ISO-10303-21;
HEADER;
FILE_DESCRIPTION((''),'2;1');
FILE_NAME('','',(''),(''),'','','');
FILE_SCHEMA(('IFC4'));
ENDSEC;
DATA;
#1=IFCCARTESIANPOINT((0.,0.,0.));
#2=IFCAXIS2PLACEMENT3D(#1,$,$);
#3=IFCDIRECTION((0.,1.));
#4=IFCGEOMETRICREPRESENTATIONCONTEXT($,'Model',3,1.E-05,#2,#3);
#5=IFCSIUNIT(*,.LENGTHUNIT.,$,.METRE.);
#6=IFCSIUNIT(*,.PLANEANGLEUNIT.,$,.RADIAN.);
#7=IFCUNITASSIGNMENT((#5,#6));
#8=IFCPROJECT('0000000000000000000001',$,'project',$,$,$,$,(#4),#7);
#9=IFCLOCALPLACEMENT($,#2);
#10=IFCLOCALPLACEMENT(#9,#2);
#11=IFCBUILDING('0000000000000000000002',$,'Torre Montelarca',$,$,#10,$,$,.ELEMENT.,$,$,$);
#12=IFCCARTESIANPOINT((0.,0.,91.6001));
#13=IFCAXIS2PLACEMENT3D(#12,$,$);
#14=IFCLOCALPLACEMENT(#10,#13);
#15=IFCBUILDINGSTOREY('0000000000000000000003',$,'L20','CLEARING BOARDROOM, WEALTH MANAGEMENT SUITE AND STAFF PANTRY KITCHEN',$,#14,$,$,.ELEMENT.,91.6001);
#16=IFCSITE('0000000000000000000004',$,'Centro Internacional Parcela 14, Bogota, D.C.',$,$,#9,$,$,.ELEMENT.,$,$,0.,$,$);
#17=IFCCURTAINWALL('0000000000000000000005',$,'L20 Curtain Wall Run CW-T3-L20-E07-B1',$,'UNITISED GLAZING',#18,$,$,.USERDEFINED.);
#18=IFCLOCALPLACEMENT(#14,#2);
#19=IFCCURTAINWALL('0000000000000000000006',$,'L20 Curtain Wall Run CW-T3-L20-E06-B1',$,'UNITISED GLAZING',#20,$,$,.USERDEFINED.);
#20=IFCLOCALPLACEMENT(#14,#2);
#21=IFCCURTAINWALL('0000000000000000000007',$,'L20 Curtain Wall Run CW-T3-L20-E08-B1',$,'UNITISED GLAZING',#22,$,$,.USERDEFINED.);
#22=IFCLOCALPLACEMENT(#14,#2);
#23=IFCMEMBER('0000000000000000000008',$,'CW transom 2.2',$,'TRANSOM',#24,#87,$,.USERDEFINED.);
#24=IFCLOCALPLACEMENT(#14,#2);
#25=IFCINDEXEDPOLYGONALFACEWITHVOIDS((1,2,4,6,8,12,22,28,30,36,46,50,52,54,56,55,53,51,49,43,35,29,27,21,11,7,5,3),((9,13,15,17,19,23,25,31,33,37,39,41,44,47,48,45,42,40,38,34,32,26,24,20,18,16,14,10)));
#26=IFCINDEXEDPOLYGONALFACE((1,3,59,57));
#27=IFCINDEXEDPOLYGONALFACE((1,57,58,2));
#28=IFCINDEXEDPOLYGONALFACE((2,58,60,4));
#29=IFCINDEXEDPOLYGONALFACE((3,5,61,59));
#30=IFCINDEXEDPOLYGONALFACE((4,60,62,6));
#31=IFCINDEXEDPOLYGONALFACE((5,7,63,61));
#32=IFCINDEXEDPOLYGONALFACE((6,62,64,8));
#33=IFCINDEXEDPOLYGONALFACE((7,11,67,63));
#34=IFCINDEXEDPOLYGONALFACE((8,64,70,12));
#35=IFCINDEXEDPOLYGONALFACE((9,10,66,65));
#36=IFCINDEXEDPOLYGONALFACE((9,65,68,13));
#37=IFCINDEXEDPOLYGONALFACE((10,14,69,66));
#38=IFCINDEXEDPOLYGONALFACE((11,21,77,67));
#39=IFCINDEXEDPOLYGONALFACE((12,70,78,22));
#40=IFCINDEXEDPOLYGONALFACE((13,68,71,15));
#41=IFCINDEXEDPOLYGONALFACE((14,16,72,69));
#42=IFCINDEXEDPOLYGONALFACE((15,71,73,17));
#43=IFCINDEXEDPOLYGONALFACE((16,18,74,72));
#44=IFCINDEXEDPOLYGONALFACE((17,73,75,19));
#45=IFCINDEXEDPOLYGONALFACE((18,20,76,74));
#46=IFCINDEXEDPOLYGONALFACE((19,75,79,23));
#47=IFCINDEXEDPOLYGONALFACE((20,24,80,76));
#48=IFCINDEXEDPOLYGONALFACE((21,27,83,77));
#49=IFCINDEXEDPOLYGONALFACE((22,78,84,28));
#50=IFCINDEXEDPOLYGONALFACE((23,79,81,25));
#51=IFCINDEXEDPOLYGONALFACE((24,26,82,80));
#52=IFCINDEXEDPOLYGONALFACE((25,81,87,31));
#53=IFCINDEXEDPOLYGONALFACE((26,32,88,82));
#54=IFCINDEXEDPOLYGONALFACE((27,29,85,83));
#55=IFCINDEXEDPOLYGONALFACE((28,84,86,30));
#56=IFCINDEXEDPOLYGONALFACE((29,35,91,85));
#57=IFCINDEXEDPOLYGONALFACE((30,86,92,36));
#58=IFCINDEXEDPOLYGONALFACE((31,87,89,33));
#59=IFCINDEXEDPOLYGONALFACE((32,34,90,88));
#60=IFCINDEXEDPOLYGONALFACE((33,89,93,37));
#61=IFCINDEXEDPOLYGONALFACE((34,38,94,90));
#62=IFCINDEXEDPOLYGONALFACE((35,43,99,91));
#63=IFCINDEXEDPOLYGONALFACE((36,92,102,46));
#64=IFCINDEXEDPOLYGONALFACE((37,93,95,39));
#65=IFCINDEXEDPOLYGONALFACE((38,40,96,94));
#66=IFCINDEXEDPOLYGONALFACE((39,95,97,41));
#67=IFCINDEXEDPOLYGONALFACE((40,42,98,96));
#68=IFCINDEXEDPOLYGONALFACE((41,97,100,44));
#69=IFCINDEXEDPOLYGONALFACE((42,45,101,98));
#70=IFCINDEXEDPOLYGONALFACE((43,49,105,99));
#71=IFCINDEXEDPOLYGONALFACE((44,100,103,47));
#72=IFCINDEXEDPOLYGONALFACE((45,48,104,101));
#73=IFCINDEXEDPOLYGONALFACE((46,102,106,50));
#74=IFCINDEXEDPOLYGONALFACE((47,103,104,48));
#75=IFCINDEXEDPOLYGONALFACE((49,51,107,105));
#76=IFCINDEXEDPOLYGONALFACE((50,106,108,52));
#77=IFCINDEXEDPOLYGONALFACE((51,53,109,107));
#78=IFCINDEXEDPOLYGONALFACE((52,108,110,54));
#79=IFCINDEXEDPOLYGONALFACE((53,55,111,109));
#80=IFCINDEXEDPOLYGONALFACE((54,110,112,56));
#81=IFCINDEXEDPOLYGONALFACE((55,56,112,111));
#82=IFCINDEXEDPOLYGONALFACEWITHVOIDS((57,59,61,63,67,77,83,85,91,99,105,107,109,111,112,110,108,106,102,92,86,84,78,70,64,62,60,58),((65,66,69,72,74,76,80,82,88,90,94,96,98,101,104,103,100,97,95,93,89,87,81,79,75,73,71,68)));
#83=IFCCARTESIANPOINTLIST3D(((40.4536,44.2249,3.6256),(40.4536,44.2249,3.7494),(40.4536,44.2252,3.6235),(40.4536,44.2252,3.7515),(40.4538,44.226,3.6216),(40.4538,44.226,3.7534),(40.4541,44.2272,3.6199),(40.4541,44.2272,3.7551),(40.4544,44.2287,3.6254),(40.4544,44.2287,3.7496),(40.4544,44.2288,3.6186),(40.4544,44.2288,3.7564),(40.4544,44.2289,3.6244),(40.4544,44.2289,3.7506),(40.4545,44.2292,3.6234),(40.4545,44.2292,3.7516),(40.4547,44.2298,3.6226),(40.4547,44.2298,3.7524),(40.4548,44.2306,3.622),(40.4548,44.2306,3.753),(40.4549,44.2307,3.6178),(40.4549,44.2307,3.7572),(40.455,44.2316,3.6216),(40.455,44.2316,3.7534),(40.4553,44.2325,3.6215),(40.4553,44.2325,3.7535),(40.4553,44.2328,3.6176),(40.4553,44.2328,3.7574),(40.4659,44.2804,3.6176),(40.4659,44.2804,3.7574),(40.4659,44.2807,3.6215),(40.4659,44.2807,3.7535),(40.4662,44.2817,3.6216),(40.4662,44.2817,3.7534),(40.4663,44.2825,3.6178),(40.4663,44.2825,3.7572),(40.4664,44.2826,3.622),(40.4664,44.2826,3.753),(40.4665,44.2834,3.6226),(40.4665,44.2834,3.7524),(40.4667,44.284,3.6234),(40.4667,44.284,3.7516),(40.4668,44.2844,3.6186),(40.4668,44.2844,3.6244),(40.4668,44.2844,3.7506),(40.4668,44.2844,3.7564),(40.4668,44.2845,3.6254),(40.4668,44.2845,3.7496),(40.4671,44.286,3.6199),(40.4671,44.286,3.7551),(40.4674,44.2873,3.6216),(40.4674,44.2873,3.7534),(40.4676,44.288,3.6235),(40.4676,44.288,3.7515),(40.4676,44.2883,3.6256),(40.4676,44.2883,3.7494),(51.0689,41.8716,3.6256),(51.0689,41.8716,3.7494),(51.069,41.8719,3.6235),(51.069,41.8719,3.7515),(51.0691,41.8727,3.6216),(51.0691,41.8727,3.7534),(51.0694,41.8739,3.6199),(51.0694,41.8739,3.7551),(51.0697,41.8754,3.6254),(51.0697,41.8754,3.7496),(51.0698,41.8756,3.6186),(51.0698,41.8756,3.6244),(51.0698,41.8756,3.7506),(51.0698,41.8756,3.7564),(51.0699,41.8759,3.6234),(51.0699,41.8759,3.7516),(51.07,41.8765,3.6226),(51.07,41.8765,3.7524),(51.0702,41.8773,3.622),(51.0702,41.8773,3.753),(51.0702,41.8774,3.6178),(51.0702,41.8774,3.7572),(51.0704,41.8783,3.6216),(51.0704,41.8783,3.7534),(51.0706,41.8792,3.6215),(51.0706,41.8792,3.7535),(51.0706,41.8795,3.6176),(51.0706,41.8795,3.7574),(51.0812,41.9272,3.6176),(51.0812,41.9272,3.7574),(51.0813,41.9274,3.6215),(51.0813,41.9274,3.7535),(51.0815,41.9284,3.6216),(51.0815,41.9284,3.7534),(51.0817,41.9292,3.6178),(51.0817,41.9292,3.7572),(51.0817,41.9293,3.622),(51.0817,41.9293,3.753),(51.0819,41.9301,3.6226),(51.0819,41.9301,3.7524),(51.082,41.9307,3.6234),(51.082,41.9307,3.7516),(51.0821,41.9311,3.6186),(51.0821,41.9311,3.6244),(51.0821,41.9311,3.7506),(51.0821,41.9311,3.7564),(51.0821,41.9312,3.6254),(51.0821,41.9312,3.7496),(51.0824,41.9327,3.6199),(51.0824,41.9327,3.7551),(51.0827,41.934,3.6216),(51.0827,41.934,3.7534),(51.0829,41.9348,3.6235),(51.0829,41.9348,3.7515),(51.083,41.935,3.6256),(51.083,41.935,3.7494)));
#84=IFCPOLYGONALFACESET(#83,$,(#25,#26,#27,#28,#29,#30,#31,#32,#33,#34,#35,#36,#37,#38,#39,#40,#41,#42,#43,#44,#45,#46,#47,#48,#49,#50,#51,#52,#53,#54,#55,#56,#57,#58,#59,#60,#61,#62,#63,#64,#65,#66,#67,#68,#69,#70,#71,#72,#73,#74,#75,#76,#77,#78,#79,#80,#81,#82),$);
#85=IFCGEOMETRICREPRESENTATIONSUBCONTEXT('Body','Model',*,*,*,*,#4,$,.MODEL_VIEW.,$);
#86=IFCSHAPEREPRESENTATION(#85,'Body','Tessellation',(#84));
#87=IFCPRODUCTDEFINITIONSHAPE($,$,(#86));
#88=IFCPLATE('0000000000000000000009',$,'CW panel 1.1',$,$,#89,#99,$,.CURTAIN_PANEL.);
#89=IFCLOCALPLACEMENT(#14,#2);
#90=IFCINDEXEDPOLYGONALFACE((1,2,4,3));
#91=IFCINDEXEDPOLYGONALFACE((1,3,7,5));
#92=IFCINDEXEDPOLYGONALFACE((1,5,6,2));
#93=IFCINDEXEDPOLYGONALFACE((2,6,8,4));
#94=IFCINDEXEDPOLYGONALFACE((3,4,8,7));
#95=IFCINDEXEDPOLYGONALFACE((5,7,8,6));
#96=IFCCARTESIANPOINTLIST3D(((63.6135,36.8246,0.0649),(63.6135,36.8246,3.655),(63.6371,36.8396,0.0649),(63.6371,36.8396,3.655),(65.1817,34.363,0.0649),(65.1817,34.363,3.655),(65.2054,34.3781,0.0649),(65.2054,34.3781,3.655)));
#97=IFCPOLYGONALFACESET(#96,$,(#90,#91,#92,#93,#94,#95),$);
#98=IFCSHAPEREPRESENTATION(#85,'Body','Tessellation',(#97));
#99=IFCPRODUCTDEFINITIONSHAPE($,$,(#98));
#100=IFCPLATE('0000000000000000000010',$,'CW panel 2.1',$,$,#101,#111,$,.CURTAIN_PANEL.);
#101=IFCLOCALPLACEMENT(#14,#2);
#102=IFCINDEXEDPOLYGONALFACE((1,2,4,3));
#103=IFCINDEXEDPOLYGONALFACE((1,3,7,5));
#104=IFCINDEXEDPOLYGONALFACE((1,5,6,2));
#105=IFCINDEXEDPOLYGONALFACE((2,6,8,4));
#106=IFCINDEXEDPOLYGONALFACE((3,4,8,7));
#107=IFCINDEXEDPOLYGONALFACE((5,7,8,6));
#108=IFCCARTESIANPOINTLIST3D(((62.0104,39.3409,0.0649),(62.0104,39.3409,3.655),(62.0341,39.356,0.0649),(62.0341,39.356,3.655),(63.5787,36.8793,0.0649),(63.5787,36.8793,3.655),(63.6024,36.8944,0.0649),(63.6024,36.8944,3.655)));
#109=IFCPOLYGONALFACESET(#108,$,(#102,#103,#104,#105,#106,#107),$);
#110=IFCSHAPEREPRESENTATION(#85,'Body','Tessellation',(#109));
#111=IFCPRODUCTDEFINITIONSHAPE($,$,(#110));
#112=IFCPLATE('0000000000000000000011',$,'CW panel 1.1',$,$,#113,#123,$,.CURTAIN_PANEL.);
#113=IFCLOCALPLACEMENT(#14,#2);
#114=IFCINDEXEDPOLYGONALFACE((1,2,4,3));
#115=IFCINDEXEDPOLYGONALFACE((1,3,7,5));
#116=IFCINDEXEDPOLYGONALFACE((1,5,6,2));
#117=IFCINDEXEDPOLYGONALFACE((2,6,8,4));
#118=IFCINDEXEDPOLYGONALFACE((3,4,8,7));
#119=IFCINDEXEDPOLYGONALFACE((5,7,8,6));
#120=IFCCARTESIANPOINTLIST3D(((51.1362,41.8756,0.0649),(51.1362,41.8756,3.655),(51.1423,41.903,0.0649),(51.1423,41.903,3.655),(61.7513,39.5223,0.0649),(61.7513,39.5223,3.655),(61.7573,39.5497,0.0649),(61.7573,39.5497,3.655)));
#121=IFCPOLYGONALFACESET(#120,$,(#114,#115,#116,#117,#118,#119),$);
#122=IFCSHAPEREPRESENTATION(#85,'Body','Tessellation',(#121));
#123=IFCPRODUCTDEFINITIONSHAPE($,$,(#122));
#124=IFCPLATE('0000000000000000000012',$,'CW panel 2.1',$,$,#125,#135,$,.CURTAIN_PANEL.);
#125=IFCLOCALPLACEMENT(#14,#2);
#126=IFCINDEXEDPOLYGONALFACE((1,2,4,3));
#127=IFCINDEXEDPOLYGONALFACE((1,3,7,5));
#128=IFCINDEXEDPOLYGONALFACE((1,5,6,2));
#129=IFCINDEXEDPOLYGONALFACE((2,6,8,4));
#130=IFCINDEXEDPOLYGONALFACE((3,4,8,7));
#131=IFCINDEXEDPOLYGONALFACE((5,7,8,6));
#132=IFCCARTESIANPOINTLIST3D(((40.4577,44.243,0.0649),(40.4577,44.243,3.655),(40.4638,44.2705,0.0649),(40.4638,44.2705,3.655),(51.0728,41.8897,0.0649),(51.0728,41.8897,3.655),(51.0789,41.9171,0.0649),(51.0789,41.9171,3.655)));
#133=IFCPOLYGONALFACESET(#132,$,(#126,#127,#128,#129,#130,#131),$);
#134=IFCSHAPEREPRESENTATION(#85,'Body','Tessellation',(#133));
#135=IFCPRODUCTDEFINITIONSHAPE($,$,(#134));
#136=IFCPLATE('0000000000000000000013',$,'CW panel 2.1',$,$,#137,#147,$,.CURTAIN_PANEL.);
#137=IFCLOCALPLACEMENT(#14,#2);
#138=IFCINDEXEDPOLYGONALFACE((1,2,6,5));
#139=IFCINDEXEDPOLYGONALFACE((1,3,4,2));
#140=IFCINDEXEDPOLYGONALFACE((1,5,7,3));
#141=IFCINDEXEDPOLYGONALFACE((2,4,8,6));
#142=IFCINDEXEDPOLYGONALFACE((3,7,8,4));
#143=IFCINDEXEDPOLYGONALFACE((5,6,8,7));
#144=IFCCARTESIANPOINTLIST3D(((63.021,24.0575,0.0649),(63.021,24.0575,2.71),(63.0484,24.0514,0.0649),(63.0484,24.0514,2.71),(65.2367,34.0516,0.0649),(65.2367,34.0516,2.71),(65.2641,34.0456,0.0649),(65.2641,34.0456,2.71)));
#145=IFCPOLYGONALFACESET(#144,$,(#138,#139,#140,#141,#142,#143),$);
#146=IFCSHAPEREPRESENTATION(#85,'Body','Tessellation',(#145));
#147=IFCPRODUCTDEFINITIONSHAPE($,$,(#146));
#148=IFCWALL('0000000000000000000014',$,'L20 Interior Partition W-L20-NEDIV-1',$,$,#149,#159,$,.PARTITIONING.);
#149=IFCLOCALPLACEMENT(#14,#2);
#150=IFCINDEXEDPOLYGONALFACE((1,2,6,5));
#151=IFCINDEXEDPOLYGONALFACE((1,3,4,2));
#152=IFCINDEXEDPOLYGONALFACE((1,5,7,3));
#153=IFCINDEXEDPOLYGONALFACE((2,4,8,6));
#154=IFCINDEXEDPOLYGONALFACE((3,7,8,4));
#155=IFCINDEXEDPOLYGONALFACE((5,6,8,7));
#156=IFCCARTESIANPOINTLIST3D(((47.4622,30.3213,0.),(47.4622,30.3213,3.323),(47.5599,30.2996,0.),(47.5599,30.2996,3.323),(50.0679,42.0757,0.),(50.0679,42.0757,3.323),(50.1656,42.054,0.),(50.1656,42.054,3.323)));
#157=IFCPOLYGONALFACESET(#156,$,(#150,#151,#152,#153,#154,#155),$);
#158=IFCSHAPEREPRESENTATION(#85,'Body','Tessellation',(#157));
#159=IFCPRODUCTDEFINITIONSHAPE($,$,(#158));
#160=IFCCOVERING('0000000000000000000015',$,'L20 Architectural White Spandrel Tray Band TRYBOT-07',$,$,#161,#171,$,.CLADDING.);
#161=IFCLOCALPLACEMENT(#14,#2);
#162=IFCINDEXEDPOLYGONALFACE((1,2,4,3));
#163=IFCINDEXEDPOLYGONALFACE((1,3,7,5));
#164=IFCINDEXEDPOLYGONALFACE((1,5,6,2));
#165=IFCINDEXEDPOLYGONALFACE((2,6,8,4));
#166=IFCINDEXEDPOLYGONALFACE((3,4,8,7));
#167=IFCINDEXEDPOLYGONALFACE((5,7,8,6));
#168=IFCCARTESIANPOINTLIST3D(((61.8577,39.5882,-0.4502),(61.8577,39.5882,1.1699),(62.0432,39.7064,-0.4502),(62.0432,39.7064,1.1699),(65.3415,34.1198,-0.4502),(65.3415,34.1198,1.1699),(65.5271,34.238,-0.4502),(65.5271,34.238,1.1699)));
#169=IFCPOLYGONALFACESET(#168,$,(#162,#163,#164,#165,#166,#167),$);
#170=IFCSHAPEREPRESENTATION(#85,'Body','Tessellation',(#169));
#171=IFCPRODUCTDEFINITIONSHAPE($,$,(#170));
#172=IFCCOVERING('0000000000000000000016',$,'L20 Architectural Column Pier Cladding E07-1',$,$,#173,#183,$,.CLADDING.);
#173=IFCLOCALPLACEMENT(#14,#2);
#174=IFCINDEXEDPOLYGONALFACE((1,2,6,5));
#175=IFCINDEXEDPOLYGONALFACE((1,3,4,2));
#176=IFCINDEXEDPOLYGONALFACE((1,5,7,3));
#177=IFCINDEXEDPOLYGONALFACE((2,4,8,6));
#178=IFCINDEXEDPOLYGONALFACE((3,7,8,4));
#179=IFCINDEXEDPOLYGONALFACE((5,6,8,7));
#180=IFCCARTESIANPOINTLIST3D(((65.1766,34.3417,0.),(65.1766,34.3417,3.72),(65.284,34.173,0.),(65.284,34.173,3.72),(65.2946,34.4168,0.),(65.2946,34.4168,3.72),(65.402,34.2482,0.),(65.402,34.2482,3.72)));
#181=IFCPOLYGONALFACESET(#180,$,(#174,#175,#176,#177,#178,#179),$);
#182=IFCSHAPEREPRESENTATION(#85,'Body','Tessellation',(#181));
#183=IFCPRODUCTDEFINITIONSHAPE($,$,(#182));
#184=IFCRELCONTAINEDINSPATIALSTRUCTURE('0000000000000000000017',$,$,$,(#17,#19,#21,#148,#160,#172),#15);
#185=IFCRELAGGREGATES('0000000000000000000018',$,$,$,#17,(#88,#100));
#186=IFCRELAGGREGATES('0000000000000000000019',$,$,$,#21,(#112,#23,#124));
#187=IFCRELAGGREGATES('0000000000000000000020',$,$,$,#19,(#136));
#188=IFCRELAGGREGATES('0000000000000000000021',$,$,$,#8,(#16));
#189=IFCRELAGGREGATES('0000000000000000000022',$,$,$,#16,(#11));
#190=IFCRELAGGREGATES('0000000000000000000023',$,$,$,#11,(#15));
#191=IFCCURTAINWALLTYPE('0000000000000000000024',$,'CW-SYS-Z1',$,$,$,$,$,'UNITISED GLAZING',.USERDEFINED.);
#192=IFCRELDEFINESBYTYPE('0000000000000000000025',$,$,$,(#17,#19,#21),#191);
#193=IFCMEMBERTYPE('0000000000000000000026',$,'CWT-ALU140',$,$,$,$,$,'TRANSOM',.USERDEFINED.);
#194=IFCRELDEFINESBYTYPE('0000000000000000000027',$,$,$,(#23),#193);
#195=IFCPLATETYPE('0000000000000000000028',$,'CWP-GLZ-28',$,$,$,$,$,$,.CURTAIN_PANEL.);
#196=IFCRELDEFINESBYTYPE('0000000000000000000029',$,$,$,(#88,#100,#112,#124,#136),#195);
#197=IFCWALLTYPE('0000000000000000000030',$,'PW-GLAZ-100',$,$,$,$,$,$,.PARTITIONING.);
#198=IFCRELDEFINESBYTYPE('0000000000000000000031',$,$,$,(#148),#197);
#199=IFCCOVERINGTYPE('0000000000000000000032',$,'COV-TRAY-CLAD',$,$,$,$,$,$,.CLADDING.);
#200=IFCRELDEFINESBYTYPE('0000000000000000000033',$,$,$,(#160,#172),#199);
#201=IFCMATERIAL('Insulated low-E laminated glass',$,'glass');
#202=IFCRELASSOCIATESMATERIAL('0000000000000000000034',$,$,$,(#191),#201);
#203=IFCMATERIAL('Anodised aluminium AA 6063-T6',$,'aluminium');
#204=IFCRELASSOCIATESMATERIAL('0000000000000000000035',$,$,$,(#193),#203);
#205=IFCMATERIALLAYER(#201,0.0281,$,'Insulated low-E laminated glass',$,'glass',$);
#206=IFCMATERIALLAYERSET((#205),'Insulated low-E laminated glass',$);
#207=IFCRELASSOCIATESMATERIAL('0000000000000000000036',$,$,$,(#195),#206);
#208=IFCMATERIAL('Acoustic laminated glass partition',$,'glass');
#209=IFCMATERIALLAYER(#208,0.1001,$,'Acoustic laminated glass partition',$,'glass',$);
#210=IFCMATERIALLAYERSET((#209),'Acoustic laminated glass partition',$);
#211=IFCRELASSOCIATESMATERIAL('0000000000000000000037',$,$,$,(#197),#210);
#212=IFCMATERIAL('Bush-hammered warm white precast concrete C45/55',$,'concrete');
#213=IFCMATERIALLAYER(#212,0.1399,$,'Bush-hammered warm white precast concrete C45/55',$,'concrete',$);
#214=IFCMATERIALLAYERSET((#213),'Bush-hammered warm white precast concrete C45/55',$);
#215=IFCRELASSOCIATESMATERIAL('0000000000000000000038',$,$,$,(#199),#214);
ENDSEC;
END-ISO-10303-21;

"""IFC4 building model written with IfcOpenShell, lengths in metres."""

from ifc_helpers import new_model, si_unit, direction, frame, frame_2d, origin, origin_2d, place, context, subcontext, project, spatial, rectangle, hollow_rectangle, extrude, source, transform, mapped, material, layer, layer_set, material_profile, profile_set, type_object, element, aggregate, save


model = new_model("IFC4")

# Units and contexts
model_context = context("Model", 3, precision=1e-05, world=origin(), true_north=direction((0.0, 1.0)))
body_context = subcontext(model_context, "Body", "Model", "MODEL_VIEW")
ifc_project = project(units=[si_unit("LENGTHUNIT", "METRE"), si_unit("PLANEANGLEUNIT", "RADIAN")], contexts=[model_context])

# Site, building, storey
site_placement = place(None, origin())
site = spatial("IfcSite", under=ifc_project, at=site_placement, Name="Centro Internacional Parcela 14, Bogota, D.C.", CompositionType="ELEMENT", RefElevation=0.0)
building_placement = place(site_placement, origin())
building = spatial("IfcBuilding", under=site, at=building_placement, Name="Torre Montelarca", CompositionType="ELEMENT")
storey_placement = place(building_placement, frame((0.0, 0.0, 91.6001)))
storey = spatial("IfcBuildingStorey", under=building, at=storey_placement, Name="L20", Description="CLEARING BOARDROOM, WEALTH MANAGEMENT SUITE AND STAFF PANTRY KITCHEN", CompositionType="ELEMENT", Elevation=91.6001)

# Curtain wall
ifc_material_1 = material(Name="Insulated low-E laminated glass", Category="glass")
curtain_wall_type = type_object("IfcCurtainWallType", Name="CW-SYS-Z1", ElementType="UNITISED GLAZING", PredefinedType="USERDEFINED", material=ifc_material_1)
curtain_wall_1_placement = place(storey_placement, origin())
curtain_wall_1 = element("IfcCurtainWall", 1, at=curtain_wall_1_placement, inside=storey, type_object=curtain_wall_type, Name="L20 Curtain Wall Run CW-T3-L20-E07-B1", ObjectType="UNITISED GLAZING", PredefinedType="USERDEFINED")
ifc_material_2 = material(Name="Anodised aluminium AA 6063-T6", Category="aluminium")
ifc_material_profile_1 = material_profile(ifc_material_2, hollow_rectangle(XDim=0.0649, YDim=0.1399, WallThickness=0.0039, InnerFilletRadius=0.0039, OuterFilletRadius=0.0081, at=origin_2d()), Name="ALU65X140X4", Category="aluminium")
ifc_profile_set_1 = profile_set([ifc_material_profile_1], Name="Anodised aluminium AA 6063-T6")
member_type_1 = type_object("IfcMemberType", Name="CWT-ALU140", ElementType="TRANSOM", PredefinedType="USERDEFINED", material=ifc_profile_set_1)

# Curtain wall
curtain_wall_2_placement = place(storey_placement, origin())
curtain_wall_2 = element("IfcCurtainWall", 2, at=curtain_wall_2_placement, inside=storey, type_object=curtain_wall_type, Name="L20 Curtain Wall Run CW-T3-L20-E06-B1", ObjectType="UNITISED GLAZING", PredefinedType="USERDEFINED")

# Curtain wall
curtain_wall_3_placement = place(storey_placement, origin())
curtain_wall_3 = element("IfcCurtainWall", 3, at=curtain_wall_3_placement, inside=storey, type_object=curtain_wall_type, Name="L20 Curtain Wall Run CW-T3-L20-E08-B1", ObjectType="UNITISED GLAZING", PredefinedType="USERDEFINED")

# Member
shared_shape_1 = source(origin(), body_context, "Body", "SweptSolid", [
    extrude(hollow_rectangle(XDim=0.0649, YDim=0.1399, WallThickness=0.0039, InnerFilletRadius=0.0039, OuterFilletRadius=0.0081, at=origin_2d()), origin(), (0.0, 0.0, 1.0), 10.873),
])
member_1_placement = place(storey_placement, frame((51.0759, 41.9033, 3.6875), z_axis=(-0.976297, 0.216434, 0.0), x_axis=(-0.216434, -0.976297, 0.0)))
member_1 = element("IfcMember", 4, at=member_1_placement, type_object=member_type_1, Name="CW transom 2.2", ObjectType="TRANSOM", PredefinedType="USERDEFINED", context=body_context, shape_type="MappedRepresentation", body=[
    mapped(shared_shape_1, transform((0.0, 0.0, 0.0), scale=1.0)),
])

# Plates
ifc_layer_1 = layer(ifc_material_1, 0.0281, Name="Insulated low-E laminated glass", Category="glass")
ifc_layer_set_1 = layer_set([ifc_layer_1], Name="Insulated low-E laminated glass")
plate_type = type_object("IfcPlateType", Name="CWP-GLZ-28", PredefinedType="CURTAIN_PANEL", material=ifc_layer_set_1)
shared_shape_2 = source(origin(), body_context, "Body", "SweptSolid", [
    extrude(rectangle(XDim=2.9187, YDim=0.0281, at=origin_2d()), origin(), (0.0, 0.0, 1.0), 3.5901),
])
plate_1_placement = place(storey_placement, frame((64.4094, 35.6013, 0.0649), z_axis=(0.0, 0.0, 1.0), x_axis=(-0.537316, 0.843381, 0.0)))
plate_1 = element("IfcPlate", 5, at=plate_1_placement, type_object=plate_type, Name="CW panel 1.1", PredefinedType="CURTAIN_PANEL", context=body_context, shape_type="MappedRepresentation", body=[
    mapped(shared_shape_2, transform((0.0, 0.0, 0.0), scale=1.0)),
])
plate_2_placement = place(storey_placement, frame((62.8064, 38.1177, 0.0649), z_axis=(0.0, 0.0, 1.0), x_axis=(-0.537316, 0.843381, 0.0)))
plate_2 = element("IfcPlate", 6, at=plate_2_placement, type_object=plate_type, Name="CW panel 2.1", PredefinedType="CURTAIN_PANEL", context=body_context, shape_type="MappedRepresentation", body=[
    mapped(shared_shape_2, transform((0.0, 0.0, 0.0), scale=1.0)),
])
aggregate(curtain_wall_1, [plate_1, plate_2])
shared_shape_3 = source(origin(), body_context, "Body", "SweptSolid", [
    extrude(rectangle(XDim=10.8728, YDim=0.0281, at=origin_2d()), origin(), (0.0, 0.0, 1.0), 3.5901),
])
plate_3_placement = place(storey_placement, frame((56.4468, 40.7126, 0.0649), z_axis=(0.0, 0.0, 1.0), x_axis=(-0.976295, 0.216443, 0.0)))
plate_3 = element("IfcPlate", 7, at=plate_3_placement, type_object=plate_type, Name="CW panel 1.1", PredefinedType="CURTAIN_PANEL", context=body_context, shape_type="MappedRepresentation", body=[
    mapped(shared_shape_3, transform((0.0, 0.0, 0.0), scale=1.0)),
])
plate_4_placement = place(storey_placement, frame((45.7683, 43.0801, 0.0649), z_axis=(0.0, 0.0, 1.0), x_axis=(-0.976295, 0.216443, 0.0)))
plate_4 = element("IfcPlate", 8, at=plate_4_placement, type_object=plate_type, Name="CW panel 2.1", PredefinedType="CURTAIN_PANEL", context=body_context, shape_type="MappedRepresentation", body=[
    mapped(shared_shape_3, transform((0.0, 0.0, 0.0), scale=1.0)),
])
aggregate(curtain_wall_3, [plate_3, member_1, plate_4])
shared_shape_4 = source(origin(), body_context, "Body", "SweptSolid", [
    extrude(rectangle(XDim=10.2368, YDim=0.0281, at=origin_2d()), origin(), (0.0, 0.0, 1.0), 2.645),
])
plate_5_placement = place(storey_placement, frame((64.1426, 29.0515, 0.0649), z_axis=(0.0, 0.0, 1.0), x_axis=(0.216441, 0.976296, 0.0)))
plate_5 = element("IfcPlate", 9, at=plate_5_placement, type_object=plate_type, Name="CW panel 2.1", PredefinedType="CURTAIN_PANEL", context=body_context, shape_type="MappedRepresentation", body=[
    mapped(shared_shape_4, transform((0.0, 0.0, 0.0), scale=1.0)),
])
aggregate(curtain_wall_2, [plate_5])

# Wall
ifc_material_3 = material(Name="Acoustic laminated glass partition", Category="glass")
ifc_layer_2 = layer(ifc_material_3, 0.1001, Name="Acoustic laminated glass partition", Category="glass")
ifc_layer_set_2 = layer_set([ifc_layer_2], Name="Acoustic laminated glass partition")
wall_type = type_object("IfcWallType", Name="PW-GLAZ-100", PredefinedType="PARTITIONING", material=ifc_layer_set_2)
wall_placement = place(storey_placement, frame((47.511, 30.3103, 0.0), z_axis=(0.0, 0.0, 1.0), x_axis=(0.216426, 0.976299, 0.0)))
element("IfcWall", 10, at=wall_placement, inside=storey, type_object=wall_type, Name="L20 Interior Partition W-L20-NEDIV-1", PredefinedType="PARTITIONING", context=body_context, shape_type="SweptSolid", body=[
    extrude(rectangle(XDim=12.0398, YDim=0.1001, at=frame_2d((6.02, 0.0))), origin(), (0.0, 0.0, 1.0), 3.323),
])

# Coverings
ifc_material_4 = material(Name="Bush-hammered warm white precast concrete C45/55", Category="concrete")
ifc_layer_3 = layer(ifc_material_4, 0.1399, Name="Bush-hammered warm white precast concrete C45/55", Category="concrete")
ifc_layer_set_3 = layer_set([ifc_layer_3], Name="Bush-hammered warm white precast concrete C45/55")
covering_type = type_object("IfcCoveringType", Name="COV-TRAY-CLAD", PredefinedType="CLADDING", material=ifc_layer_set_3)
shared_shape_5 = source(origin(), body_context, "Body", "SweptSolid", [
    extrude(rectangle(XDim=6.4839, YDim=0.22, at=origin_2d()), origin(), (0.0, 0.0, 1.0), 1.6201),
])
covering_1_placement = place(storey_placement, frame((63.6924, 36.9131, -0.4502), z_axis=(0.0, 0.0, 1.0), x_axis=(-0.537305, 0.843388, 0.0)))
element("IfcCovering", 11, at=covering_1_placement, inside=storey, type_object=covering_type, Name="L20 Architectural White Spandrel Tray Band TRYBOT-07", PredefinedType="CLADDING", context=body_context, shape_type="MappedRepresentation", body=[
    mapped(shared_shape_5, transform((0.0, 0.0, 0.0), scale=1.0)),
])
shared_shape_6 = source(origin(), body_context, "Body", "SweptSolid", [
    extrude(rectangle(XDim=0.2, YDim=0.1399, at=origin_2d()), origin(), (0.0, 0.0, 1.0), 3.72),
])
for number, where, z_axis, x_axis, name in (
    (12, (65.2893, 34.2949, 0.0), (0.0, 0.0, 1.0), (-0.537314, 0.843382, 0.0), "L20 Architectural Column Pier Cladding E07-1"),
):
    element("IfcCovering", number, at=place(storey_placement, frame(where, z_axis=z_axis, x_axis=x_axis)), inside=storey, type_object=covering_type, Name=name, PredefinedType="CLADDING", context=body_context, shape_type="MappedRepresentation", body=[
        mapped(shared_shape_6, transform((0.0, 0.0, 0.0), scale=1.0)),
    ])

save(model, "model.ifc")
